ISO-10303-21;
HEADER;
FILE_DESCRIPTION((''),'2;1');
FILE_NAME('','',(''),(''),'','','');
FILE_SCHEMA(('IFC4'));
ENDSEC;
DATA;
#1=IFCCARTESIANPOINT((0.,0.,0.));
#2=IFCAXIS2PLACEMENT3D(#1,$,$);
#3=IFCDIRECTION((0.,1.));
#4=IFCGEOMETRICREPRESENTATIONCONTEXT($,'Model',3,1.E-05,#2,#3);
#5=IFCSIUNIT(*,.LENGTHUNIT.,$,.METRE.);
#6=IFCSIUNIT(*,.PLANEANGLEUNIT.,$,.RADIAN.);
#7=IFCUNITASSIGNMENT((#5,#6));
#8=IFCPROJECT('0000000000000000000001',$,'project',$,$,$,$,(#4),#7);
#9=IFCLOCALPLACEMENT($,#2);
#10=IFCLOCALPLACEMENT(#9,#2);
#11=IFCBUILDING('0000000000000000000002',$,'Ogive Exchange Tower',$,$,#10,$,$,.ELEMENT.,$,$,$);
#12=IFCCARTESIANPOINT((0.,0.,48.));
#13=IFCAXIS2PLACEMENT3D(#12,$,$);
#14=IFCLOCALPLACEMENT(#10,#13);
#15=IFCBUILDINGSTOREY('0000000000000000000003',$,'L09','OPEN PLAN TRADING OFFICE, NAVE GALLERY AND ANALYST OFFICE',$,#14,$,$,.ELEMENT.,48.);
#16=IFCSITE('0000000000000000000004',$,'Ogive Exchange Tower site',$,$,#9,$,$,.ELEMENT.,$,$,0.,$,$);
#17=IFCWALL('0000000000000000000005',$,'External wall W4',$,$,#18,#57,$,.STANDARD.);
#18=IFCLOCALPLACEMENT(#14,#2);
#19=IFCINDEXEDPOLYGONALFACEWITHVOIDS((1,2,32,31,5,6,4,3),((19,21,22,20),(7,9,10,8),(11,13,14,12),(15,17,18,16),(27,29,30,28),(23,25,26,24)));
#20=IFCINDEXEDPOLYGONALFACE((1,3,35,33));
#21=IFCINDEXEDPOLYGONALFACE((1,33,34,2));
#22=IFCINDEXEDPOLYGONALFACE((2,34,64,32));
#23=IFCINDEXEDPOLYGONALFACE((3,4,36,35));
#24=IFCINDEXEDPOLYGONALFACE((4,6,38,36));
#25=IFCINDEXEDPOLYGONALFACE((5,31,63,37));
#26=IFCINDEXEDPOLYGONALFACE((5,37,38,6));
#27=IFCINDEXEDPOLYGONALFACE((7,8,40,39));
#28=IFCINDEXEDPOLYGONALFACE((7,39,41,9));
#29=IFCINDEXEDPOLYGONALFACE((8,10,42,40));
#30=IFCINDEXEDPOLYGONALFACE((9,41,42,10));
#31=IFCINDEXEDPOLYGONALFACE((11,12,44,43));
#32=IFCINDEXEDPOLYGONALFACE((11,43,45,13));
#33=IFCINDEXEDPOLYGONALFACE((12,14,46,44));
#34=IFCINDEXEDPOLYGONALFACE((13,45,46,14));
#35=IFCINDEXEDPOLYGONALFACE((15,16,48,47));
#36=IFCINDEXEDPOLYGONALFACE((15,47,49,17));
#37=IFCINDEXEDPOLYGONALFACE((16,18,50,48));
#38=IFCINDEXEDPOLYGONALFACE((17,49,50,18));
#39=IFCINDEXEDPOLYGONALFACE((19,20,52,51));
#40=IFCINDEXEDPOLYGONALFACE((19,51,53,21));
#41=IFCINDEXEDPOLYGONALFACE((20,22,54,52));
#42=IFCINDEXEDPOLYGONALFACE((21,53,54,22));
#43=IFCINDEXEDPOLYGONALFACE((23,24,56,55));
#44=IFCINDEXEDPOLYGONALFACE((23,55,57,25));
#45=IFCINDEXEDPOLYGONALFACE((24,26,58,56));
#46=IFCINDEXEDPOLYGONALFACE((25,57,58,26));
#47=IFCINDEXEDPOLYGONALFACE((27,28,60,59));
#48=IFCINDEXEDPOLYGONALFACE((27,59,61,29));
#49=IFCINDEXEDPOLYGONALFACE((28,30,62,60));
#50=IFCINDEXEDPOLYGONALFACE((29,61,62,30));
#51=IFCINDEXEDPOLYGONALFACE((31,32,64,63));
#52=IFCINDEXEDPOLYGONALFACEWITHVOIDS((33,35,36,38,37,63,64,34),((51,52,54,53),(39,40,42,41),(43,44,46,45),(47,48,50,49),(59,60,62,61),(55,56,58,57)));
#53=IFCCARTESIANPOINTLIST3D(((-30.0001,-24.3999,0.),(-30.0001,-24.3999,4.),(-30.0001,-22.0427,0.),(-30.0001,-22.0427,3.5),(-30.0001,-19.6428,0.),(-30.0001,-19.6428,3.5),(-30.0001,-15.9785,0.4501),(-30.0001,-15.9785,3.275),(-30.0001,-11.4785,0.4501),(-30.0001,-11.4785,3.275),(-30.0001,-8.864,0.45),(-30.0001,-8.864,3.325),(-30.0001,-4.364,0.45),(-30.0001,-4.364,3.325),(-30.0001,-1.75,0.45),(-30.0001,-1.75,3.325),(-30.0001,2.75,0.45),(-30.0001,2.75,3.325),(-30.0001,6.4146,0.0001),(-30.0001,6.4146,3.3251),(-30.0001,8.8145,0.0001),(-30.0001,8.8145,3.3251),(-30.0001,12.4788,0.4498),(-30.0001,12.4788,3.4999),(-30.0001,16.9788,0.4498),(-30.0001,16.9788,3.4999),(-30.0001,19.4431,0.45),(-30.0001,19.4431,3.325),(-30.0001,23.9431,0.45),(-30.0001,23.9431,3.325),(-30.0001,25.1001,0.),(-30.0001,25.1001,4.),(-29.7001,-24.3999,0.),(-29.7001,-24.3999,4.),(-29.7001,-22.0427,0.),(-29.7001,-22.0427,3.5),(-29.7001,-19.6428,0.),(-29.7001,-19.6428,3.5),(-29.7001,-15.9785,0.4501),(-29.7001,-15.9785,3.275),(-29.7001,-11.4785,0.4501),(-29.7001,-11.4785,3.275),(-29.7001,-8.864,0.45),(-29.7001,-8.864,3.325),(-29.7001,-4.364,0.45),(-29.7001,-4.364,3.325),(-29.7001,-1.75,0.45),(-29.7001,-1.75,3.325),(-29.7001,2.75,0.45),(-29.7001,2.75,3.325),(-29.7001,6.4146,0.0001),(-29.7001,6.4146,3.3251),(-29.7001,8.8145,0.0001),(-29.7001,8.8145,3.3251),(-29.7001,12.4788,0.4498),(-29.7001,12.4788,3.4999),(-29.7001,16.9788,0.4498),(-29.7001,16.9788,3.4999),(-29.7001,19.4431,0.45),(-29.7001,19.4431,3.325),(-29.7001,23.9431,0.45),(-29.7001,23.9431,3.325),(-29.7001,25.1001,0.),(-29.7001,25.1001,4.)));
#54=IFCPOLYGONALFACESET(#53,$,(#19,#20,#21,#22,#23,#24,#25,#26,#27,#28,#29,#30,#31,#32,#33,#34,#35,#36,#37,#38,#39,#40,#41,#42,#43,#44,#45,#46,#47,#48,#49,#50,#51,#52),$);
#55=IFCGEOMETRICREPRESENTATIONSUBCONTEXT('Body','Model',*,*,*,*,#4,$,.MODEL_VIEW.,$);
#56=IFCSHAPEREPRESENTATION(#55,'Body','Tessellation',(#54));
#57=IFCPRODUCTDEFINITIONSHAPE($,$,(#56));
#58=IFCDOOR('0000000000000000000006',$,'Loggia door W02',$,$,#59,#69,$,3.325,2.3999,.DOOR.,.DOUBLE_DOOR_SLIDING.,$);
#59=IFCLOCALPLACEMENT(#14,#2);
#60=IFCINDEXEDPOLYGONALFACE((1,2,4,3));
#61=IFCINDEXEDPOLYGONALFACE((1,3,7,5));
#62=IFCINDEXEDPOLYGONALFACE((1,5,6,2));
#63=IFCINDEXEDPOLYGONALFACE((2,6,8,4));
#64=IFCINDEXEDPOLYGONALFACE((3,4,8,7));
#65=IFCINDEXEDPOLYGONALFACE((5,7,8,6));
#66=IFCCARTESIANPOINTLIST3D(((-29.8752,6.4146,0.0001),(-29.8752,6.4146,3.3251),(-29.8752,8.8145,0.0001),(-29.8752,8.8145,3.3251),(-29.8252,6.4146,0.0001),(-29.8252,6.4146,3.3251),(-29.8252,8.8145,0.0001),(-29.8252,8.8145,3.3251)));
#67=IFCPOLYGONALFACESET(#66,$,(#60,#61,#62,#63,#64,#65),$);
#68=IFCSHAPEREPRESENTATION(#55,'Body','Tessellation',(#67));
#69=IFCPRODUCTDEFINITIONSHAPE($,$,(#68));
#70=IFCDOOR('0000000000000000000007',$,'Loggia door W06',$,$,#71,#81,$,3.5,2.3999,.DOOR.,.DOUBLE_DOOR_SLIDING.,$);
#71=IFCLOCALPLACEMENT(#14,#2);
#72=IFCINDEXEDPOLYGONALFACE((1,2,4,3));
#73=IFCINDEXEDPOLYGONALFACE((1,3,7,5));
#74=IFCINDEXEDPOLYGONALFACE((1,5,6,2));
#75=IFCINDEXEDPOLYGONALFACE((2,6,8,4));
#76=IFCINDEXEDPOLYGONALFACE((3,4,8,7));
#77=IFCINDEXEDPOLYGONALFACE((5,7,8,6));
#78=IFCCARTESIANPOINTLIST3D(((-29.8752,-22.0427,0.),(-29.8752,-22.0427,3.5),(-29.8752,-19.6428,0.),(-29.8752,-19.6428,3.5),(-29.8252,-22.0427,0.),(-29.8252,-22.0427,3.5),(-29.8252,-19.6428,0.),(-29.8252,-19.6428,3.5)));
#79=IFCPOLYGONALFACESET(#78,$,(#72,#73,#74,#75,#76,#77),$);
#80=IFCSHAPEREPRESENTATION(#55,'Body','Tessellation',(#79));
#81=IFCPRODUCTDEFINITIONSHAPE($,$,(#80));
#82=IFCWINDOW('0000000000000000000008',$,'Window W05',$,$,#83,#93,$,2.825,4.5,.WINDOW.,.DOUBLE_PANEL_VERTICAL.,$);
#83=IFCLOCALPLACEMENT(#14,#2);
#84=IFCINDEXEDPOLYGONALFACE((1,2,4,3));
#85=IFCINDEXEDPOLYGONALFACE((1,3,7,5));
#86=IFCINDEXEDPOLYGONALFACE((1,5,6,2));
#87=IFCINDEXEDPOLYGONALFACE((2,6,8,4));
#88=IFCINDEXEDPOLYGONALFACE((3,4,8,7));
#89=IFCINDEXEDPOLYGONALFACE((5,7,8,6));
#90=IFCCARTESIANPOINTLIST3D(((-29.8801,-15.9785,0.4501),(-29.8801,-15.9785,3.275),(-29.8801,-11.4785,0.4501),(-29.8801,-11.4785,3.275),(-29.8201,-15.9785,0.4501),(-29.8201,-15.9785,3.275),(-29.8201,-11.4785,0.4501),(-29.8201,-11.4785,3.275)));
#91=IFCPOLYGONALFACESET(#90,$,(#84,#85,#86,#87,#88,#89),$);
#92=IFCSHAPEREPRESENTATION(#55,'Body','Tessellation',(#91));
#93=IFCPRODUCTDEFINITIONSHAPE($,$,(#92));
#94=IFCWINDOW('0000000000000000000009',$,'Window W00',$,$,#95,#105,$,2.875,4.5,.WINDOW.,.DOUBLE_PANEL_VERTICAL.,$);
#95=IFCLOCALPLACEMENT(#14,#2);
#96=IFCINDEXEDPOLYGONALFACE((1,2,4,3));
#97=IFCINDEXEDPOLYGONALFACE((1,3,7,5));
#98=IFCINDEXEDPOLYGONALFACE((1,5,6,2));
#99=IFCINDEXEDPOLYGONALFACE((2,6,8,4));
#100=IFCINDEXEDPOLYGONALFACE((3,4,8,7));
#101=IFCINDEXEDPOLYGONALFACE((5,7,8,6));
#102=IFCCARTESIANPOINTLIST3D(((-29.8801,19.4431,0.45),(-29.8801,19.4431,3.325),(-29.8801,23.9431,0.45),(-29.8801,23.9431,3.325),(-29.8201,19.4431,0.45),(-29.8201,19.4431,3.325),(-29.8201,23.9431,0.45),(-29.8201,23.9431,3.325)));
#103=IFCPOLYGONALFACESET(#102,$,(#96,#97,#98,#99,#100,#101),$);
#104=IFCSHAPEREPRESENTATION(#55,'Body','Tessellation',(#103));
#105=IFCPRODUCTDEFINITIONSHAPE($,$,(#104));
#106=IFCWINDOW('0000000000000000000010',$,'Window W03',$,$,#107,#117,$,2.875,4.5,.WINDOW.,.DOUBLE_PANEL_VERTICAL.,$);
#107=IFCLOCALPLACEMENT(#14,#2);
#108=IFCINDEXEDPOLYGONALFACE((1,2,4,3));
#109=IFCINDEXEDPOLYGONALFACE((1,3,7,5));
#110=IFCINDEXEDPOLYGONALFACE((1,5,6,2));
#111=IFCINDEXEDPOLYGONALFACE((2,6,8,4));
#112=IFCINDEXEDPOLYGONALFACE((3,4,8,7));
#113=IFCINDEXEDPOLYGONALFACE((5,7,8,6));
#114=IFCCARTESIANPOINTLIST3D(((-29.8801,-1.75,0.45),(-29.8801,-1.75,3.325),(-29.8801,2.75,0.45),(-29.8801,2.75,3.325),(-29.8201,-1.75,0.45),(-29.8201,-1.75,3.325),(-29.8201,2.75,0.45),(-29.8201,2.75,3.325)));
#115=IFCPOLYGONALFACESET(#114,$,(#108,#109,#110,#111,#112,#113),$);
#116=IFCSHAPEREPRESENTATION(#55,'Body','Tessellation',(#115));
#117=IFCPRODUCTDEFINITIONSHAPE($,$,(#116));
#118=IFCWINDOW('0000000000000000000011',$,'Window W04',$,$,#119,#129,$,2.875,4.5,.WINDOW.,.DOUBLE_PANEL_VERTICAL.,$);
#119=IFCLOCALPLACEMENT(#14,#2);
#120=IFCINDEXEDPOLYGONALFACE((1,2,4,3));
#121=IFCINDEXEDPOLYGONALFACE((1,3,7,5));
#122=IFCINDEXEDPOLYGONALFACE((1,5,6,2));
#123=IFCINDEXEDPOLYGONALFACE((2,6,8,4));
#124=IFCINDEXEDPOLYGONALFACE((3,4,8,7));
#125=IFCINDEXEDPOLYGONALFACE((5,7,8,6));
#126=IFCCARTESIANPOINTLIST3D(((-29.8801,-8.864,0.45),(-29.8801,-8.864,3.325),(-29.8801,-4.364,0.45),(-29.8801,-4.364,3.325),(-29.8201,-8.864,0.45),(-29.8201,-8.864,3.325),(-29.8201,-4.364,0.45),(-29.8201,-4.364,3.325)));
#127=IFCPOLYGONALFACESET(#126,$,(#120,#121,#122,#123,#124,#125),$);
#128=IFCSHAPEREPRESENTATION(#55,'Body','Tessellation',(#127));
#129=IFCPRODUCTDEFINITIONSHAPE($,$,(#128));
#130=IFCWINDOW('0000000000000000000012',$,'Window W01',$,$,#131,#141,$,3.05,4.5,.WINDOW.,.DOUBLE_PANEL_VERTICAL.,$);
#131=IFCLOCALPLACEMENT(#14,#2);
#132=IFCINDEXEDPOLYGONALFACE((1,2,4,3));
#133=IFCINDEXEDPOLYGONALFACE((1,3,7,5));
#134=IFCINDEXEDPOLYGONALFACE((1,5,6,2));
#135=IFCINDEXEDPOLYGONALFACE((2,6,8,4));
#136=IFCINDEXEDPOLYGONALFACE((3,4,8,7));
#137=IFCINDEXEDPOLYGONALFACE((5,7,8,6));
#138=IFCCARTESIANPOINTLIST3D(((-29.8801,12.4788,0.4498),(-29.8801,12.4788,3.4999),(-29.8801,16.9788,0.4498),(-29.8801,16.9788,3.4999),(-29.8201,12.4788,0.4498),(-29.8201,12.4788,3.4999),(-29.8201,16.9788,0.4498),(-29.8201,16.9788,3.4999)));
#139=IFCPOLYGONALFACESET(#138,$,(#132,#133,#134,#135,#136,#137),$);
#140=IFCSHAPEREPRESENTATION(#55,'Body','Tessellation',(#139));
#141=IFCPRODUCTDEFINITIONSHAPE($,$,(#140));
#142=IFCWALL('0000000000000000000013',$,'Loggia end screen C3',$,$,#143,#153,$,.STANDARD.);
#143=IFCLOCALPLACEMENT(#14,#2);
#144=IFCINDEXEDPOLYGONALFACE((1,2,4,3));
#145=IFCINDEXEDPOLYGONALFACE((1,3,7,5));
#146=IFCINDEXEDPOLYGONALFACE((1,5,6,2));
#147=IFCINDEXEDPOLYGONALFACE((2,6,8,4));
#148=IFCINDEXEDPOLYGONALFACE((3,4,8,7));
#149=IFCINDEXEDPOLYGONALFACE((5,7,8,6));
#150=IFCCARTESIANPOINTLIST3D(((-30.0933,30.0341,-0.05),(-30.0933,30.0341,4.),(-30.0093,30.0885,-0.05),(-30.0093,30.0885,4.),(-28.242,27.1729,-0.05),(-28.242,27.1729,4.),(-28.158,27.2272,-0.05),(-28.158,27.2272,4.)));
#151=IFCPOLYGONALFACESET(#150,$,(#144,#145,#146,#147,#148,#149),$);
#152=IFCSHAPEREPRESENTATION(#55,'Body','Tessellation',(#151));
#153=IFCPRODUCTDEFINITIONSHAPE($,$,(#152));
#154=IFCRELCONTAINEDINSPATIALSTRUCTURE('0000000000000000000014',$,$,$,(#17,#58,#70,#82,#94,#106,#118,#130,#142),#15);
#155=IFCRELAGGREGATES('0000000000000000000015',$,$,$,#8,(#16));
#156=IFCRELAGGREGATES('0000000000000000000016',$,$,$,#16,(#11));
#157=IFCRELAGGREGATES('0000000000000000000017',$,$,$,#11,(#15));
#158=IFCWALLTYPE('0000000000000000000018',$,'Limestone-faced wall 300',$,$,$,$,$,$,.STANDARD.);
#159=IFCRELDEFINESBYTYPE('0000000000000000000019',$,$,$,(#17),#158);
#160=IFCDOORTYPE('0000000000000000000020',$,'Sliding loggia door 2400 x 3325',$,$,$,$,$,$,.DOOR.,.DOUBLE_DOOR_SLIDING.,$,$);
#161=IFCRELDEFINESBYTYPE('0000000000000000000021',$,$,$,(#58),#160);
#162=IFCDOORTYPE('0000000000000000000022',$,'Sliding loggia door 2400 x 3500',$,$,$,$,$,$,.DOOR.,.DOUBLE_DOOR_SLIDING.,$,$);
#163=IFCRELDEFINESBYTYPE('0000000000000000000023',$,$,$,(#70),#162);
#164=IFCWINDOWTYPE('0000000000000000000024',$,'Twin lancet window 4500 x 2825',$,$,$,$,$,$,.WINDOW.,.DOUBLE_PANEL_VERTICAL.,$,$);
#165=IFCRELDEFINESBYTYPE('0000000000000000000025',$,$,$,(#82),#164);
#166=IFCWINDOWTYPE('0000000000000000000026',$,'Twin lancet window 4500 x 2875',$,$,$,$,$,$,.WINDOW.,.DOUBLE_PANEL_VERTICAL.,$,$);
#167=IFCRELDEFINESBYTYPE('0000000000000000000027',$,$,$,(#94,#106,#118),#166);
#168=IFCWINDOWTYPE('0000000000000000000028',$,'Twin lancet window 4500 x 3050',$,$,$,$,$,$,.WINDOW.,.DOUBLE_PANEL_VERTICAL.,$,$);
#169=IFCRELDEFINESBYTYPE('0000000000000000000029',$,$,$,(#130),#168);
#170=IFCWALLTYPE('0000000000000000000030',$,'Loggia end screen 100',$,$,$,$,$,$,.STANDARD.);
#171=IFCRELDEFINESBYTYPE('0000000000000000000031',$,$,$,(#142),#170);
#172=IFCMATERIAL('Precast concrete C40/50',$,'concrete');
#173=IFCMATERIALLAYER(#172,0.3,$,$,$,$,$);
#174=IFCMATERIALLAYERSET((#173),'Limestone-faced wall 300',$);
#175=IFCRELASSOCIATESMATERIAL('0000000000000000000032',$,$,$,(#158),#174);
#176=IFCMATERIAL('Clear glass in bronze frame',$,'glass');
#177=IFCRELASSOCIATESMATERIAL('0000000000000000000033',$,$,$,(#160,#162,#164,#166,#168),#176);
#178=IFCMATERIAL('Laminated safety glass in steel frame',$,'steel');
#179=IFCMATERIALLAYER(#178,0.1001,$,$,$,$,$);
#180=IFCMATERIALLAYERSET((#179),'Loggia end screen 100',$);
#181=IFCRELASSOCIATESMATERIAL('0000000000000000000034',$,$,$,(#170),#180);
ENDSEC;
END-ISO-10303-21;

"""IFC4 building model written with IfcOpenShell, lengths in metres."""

from ifc_helpers import new_model, si_unit, direction, frame, frame_2d, origin, place, context, subcontext, project, spatial, rectangle, extrude, material, layer, layer_set, type_object, element, fill, save


model = new_model("IFC4")

# Units and contexts
model_context = context("Model", 3, precision=1e-05, world=origin(), true_north=direction((0.0, 1.0)))
body_context = subcontext(model_context, "Body", "Model", "MODEL_VIEW")
ifc_project = project(units=[si_unit("LENGTHUNIT", "METRE"), si_unit("PLANEANGLEUNIT", "RADIAN")], contexts=[model_context])

# Site, building, storey
site_placement = place(None, origin())
site = spatial("IfcSite", under=ifc_project, at=site_placement, Name="Ogive Exchange Tower site", CompositionType="ELEMENT", RefElevation=0.0)
building_placement = place(site_placement, origin())
building = spatial("IfcBuilding", under=site, at=building_placement, Name="Ogive Exchange Tower", CompositionType="ELEMENT")
storey_placement = place(building_placement, frame((0.0, 0.0, 48.0)))
storey = spatial("IfcBuildingStorey", under=building, at=storey_placement, Name="L09", Description="OPEN PLAN TRADING OFFICE, NAVE GALLERY AND ANALYST OFFICE", CompositionType="ELEMENT", Elevation=48.0)

# Wall, openings, doors, windows
ifc_material_1 = material(Name="Precast concrete C40/50", Category="concrete")
ifc_layer_1 = layer(ifc_material_1, 0.3)
ifc_layer_set_1 = layer_set([ifc_layer_1], Name="Limestone-faced wall 300")
wall_type_1 = type_object("IfcWallType", Name="Limestone-faced wall 300", PredefinedType="STANDARD", material=ifc_layer_set_1)
wall_1_placement = place(storey_placement, frame((-29.8501, 25.1001, 0.0), z_axis=(0.0, 0.0, 1.0), x_axis=(0.0, -1.0, 0.0)))
wall_1 = element("IfcWall", 1, at=wall_1_placement, inside=storey, type_object=wall_type_1, Name="External wall W4", PredefinedType="STANDARD", context=body_context, shape_type="SweptSolid", body=[
    extrude(rectangle(XDim=49.5, YDim=0.3, at=frame_2d((24.75, 0.0))), origin(), (0.0, 0.0, 1.0), 4.0),
])
opening_1_placement = place(wall_1_placement, frame((1.157, 0.0, 0.45)))
opening_1 = element("IfcOpeningElement", 2, at=opening_1_placement, cuts=wall_1, PredefinedType="OPENING", context=body_context, shape_type="SweptSolid", body=[
    extrude(rectangle(XDim=4.5, YDim=2.875, at=frame_2d((2.25, 1.4375))), frame((0.0, 0.1599, 0.0), z_axis=(0.0, -1.0, 0.0), x_axis=(1.0, 0.0, 0.0)), (0.0, 0.0, 1.0), 0.3201),
])
opening_2_placement = place(wall_1_placement, frame((8.1213, 0.0, 0.45)))
opening_2 = element("IfcOpeningElement", 3, at=opening_2_placement, cuts=wall_1, PredefinedType="OPENING", context=body_context, shape_type="SweptSolid", body=[
    extrude(rectangle(XDim=4.5, YDim=3.05, at=frame_2d((2.25, 1.5249))), frame((0.0, 0.1599, 0.0), z_axis=(0.0, -1.0, 0.0), x_axis=(1.0, 0.0, 0.0)), (0.0, 0.0, 1.0), 0.3201),
])
opening_3_placement = place(wall_1_placement, frame((16.2856, 0.0, 0.0)))
opening_3 = element("IfcOpeningElement", 4, at=opening_3_placement, cuts=wall_1, PredefinedType="OPENING", context=body_context, shape_type="SweptSolid", body=[
    extrude(rectangle(XDim=2.3999, YDim=3.325, at=frame_2d((1.2, 1.6626))), frame((0.0, 0.1599, 0.0), z_axis=(0.0, -1.0, 0.0), x_axis=(1.0, 0.0, 0.0)), (0.0, 0.0, 1.0), 0.3201),
])
opening_4_placement = place(wall_1_placement, frame((22.3501, 0.0, 0.45)))
opening_4 = element("IfcOpeningElement", 5, at=opening_4_placement, cuts=wall_1, PredefinedType="OPENING", context=body_context, shape_type="SweptSolid", body=[
    extrude(rectangle(XDim=4.5, YDim=2.875, at=frame_2d((2.25, 1.4375))), frame((0.0, 0.1599, 0.0), z_axis=(0.0, -1.0, 0.0), x_axis=(1.0, 0.0, 0.0)), (0.0, 0.0, 1.0), 0.3201),
])
opening_5_placement = place(wall_1_placement, frame((29.4641, 0.0, 0.45)))
opening_5 = element("IfcOpeningElement", 6, at=opening_5_placement, cuts=wall_1, PredefinedType="OPENING", context=body_context, shape_type="SweptSolid", body=[
    extrude(rectangle(XDim=4.5, YDim=2.875, at=frame_2d((2.25, 1.4375))), frame((0.0, 0.1599, 0.0), z_axis=(0.0, -1.0, 0.0), x_axis=(1.0, 0.0, 0.0)), (0.0, 0.0, 1.0), 0.3201),
])
opening_6_placement = place(wall_1_placement, frame((36.5786, 0.0, 0.45)))
opening_6 = element("IfcOpeningElement", 7, at=opening_6_placement, cuts=wall_1, PredefinedType="OPENING", context=body_context, shape_type="SweptSolid", body=[
    extrude(rectangle(XDim=4.5, YDim=2.825, at=frame_2d((2.25, 1.4126))), frame((0.0, 0.1599, 0.0), z_axis=(0.0, -1.0, 0.0), x_axis=(1.0, 0.0, 0.0)), (0.0, 0.0, 1.0), 0.3201),
])
opening_7_placement = place(wall_1_placement, frame((44.7429, 0.0, 0.0)))
opening_7 = element("IfcOpeningElement", 8, at=opening_7_placement, cuts=wall_1, PredefinedType="OPENING", context=body_context, shape_type="SweptSolid", body=[
    extrude(rectangle(XDim=2.3999, YDim=3.5, at=frame_2d((1.2, 1.75))), frame((0.0, 0.1599, 0.0), z_axis=(0.0, -1.0, 0.0), x_axis=(1.0, 0.0, 0.0)), (0.0, 0.0, 1.0), 0.3201),
])
ifc_material_2 = material(Name="Clear glass in bronze frame", Category="glass")
door_type_1 = type_object("IfcDoorType", Name="Sliding loggia door 2400 x 3325", OperationType="DOUBLE_DOOR_SLIDING", PredefinedType="DOOR", material=ifc_material_2)
door_1_placement = place(opening_3_placement, origin())
door_1 = element("IfcDoor", 9, at=door_1_placement, inside=storey, type_object=door_type_1, Name="Loggia door W02", OperationType="DOUBLE_DOOR_SLIDING", OverallHeight=3.325, OverallWidth=2.3999, PredefinedType="DOOR", context=body_context, shape_type="SweptSolid", body=[
    extrude(rectangle(XDim=2.3999, YDim=3.325, at=frame_2d((1.2, 1.6626))), frame((0.0, 0.0249, 0.0), z_axis=(0.0, -1.0, 0.0), x_axis=(1.0, 0.0, 0.0)), (0.0, 0.0, 1.0), 0.05),
])
fill(opening_3, door_1)
door_type_2 = type_object("IfcDoorType", Name="Sliding loggia door 2400 x 3500", OperationType="DOUBLE_DOOR_SLIDING", PredefinedType="DOOR", material=ifc_material_2)
door_2_placement = place(opening_7_placement, origin())
door_2 = element("IfcDoor", 10, at=door_2_placement, inside=storey, type_object=door_type_2, Name="Loggia door W06", OperationType="DOUBLE_DOOR_SLIDING", OverallHeight=3.5, OverallWidth=2.3999, PredefinedType="DOOR", context=body_context, shape_type="SweptSolid", body=[
    extrude(rectangle(XDim=2.3999, YDim=3.5, at=frame_2d((1.2, 1.75))), frame((0.0, 0.0249, 0.0), z_axis=(0.0, -1.0, 0.0), x_axis=(1.0, 0.0, 0.0)), (0.0, 0.0, 1.0), 0.05),
])
fill(opening_7, door_2)
window_type_1 = type_object("IfcWindowType", Name="Twin lancet window 4500 x 2825", PartitioningType="DOUBLE_PANEL_VERTICAL", PredefinedType="WINDOW", material=ifc_material_2)
window_1_placement = place(opening_6_placement, origin())
window_1 = element("IfcWindow", 11, at=window_1_placement, inside=storey, type_object=window_type_1, Name="Window W05", OverallHeight=2.825, OverallWidth=4.5, PartitioningType="DOUBLE_PANEL_VERTICAL", PredefinedType="WINDOW", context=body_context, shape_type="SweptSolid", body=[
    extrude(rectangle(XDim=4.5, YDim=2.825, at=frame_2d((2.25, 1.4126))), frame((0.0, 0.03, 0.0), z_axis=(0.0, -1.0, 0.0), x_axis=(1.0, 0.0, 0.0)), (0.0, 0.0, 1.0), 0.0601),
])
fill(opening_6, window_1)
window_type_2 = type_object("IfcWindowType", Name="Twin lancet window 4500 x 2875", PartitioningType="DOUBLE_PANEL_VERTICAL", PredefinedType="WINDOW", material=ifc_material_2)
window_2_placement = place(opening_1_placement, origin())
window_2 = element("IfcWindow", 12, at=window_2_placement, inside=storey, type_object=window_type_2, Name="Window W00", OverallHeight=2.875, OverallWidth=4.5, PartitioningType="DOUBLE_PANEL_VERTICAL", PredefinedType="WINDOW", context=body_context, shape_type="SweptSolid", body=[
    extrude(rectangle(XDim=4.5, YDim=2.875, at=frame_2d((2.25, 1.4375))), frame((0.0, 0.03, 0.0), z_axis=(0.0, -1.0, 0.0), x_axis=(1.0, 0.0, 0.0)), (0.0, 0.0, 1.0), 0.0601),
])
fill(opening_1, window_2)
window_3_placement = place(opening_4_placement, origin())
window_3 = element("IfcWindow", 13, at=window_3_placement, inside=storey, type_object=window_type_2, Name="Window W03", OverallHeight=2.875, OverallWidth=4.5, PartitioningType="DOUBLE_PANEL_VERTICAL", PredefinedType="WINDOW", context=body_context, shape_type="SweptSolid", body=[
    extrude(rectangle(XDim=4.5, YDim=2.875, at=frame_2d((2.25, 1.4375))), frame((0.0, 0.03, 0.0), z_axis=(0.0, -1.0, 0.0), x_axis=(1.0, 0.0, 0.0)), (0.0, 0.0, 1.0), 0.0601),
])
fill(opening_4, window_3)
window_4_placement = place(opening_5_placement, origin())
window_4 = element("IfcWindow", 14, at=window_4_placement, inside=storey, type_object=window_type_2, Name="Window W04", OverallHeight=2.875, OverallWidth=4.5, PartitioningType="DOUBLE_PANEL_VERTICAL", PredefinedType="WINDOW", context=body_context, shape_type="SweptSolid", body=[
    extrude(rectangle(XDim=4.5, YDim=2.875, at=frame_2d((2.25, 1.4375))), frame((0.0, 0.03, 0.0), z_axis=(0.0, -1.0, 0.0), x_axis=(1.0, 0.0, 0.0)), (0.0, 0.0, 1.0), 0.0601),
])
fill(opening_5, window_4)
window_type_3 = type_object("IfcWindowType", Name="Twin lancet window 4500 x 3050", PartitioningType="DOUBLE_PANEL_VERTICAL", PredefinedType="WINDOW", material=ifc_material_2)
window_5_placement = place(opening_2_placement, origin())
window_5 = element("IfcWindow", 15, at=window_5_placement, inside=storey, type_object=window_type_3, Name="Window W01", OverallHeight=3.05, OverallWidth=4.5, PartitioningType="DOUBLE_PANEL_VERTICAL", PredefinedType="WINDOW", context=body_context, shape_type="SweptSolid", body=[
    extrude(rectangle(XDim=4.5, YDim=3.05, at=frame_2d((2.25, 1.5249))), frame((0.0, 0.03, 0.0), z_axis=(0.0, -1.0, 0.0), x_axis=(1.0, 0.0, 0.0)), (0.0, 0.0, 1.0), 0.0601),
])
fill(opening_2, window_5)

# Wall
ifc_material_3 = material(Name="Laminated safety glass in steel frame", Category="steel")
ifc_layer_2 = layer(ifc_material_3, 0.1001)
ifc_layer_set_2 = layer_set([ifc_layer_2], Name="Loggia end screen 100")
wall_type_2 = type_object("IfcWallType", Name="Loggia end screen 100", PredefinedType="STANDARD", material=ifc_layer_set_2)
wall_2_placement = place(storey_placement, frame((-28.2, 27.2, -0.05), z_axis=(0.0, 0.0, 1.0), x_axis=(-0.543225, 0.839587, 0.0)))
element("IfcWall", 16, at=wall_2_placement, inside=storey, type_object=wall_type_2, Name="Loggia end screen C3", PredefinedType="STANDARD", context=body_context, shape_type="SweptSolid", body=[
    extrude(rectangle(XDim=3.408, YDim=0.1001, at=frame_2d((1.7041, 0.0))), origin(), (0.0, 0.0, 1.0), 4.05),
])

save(model, "model.ifc")
